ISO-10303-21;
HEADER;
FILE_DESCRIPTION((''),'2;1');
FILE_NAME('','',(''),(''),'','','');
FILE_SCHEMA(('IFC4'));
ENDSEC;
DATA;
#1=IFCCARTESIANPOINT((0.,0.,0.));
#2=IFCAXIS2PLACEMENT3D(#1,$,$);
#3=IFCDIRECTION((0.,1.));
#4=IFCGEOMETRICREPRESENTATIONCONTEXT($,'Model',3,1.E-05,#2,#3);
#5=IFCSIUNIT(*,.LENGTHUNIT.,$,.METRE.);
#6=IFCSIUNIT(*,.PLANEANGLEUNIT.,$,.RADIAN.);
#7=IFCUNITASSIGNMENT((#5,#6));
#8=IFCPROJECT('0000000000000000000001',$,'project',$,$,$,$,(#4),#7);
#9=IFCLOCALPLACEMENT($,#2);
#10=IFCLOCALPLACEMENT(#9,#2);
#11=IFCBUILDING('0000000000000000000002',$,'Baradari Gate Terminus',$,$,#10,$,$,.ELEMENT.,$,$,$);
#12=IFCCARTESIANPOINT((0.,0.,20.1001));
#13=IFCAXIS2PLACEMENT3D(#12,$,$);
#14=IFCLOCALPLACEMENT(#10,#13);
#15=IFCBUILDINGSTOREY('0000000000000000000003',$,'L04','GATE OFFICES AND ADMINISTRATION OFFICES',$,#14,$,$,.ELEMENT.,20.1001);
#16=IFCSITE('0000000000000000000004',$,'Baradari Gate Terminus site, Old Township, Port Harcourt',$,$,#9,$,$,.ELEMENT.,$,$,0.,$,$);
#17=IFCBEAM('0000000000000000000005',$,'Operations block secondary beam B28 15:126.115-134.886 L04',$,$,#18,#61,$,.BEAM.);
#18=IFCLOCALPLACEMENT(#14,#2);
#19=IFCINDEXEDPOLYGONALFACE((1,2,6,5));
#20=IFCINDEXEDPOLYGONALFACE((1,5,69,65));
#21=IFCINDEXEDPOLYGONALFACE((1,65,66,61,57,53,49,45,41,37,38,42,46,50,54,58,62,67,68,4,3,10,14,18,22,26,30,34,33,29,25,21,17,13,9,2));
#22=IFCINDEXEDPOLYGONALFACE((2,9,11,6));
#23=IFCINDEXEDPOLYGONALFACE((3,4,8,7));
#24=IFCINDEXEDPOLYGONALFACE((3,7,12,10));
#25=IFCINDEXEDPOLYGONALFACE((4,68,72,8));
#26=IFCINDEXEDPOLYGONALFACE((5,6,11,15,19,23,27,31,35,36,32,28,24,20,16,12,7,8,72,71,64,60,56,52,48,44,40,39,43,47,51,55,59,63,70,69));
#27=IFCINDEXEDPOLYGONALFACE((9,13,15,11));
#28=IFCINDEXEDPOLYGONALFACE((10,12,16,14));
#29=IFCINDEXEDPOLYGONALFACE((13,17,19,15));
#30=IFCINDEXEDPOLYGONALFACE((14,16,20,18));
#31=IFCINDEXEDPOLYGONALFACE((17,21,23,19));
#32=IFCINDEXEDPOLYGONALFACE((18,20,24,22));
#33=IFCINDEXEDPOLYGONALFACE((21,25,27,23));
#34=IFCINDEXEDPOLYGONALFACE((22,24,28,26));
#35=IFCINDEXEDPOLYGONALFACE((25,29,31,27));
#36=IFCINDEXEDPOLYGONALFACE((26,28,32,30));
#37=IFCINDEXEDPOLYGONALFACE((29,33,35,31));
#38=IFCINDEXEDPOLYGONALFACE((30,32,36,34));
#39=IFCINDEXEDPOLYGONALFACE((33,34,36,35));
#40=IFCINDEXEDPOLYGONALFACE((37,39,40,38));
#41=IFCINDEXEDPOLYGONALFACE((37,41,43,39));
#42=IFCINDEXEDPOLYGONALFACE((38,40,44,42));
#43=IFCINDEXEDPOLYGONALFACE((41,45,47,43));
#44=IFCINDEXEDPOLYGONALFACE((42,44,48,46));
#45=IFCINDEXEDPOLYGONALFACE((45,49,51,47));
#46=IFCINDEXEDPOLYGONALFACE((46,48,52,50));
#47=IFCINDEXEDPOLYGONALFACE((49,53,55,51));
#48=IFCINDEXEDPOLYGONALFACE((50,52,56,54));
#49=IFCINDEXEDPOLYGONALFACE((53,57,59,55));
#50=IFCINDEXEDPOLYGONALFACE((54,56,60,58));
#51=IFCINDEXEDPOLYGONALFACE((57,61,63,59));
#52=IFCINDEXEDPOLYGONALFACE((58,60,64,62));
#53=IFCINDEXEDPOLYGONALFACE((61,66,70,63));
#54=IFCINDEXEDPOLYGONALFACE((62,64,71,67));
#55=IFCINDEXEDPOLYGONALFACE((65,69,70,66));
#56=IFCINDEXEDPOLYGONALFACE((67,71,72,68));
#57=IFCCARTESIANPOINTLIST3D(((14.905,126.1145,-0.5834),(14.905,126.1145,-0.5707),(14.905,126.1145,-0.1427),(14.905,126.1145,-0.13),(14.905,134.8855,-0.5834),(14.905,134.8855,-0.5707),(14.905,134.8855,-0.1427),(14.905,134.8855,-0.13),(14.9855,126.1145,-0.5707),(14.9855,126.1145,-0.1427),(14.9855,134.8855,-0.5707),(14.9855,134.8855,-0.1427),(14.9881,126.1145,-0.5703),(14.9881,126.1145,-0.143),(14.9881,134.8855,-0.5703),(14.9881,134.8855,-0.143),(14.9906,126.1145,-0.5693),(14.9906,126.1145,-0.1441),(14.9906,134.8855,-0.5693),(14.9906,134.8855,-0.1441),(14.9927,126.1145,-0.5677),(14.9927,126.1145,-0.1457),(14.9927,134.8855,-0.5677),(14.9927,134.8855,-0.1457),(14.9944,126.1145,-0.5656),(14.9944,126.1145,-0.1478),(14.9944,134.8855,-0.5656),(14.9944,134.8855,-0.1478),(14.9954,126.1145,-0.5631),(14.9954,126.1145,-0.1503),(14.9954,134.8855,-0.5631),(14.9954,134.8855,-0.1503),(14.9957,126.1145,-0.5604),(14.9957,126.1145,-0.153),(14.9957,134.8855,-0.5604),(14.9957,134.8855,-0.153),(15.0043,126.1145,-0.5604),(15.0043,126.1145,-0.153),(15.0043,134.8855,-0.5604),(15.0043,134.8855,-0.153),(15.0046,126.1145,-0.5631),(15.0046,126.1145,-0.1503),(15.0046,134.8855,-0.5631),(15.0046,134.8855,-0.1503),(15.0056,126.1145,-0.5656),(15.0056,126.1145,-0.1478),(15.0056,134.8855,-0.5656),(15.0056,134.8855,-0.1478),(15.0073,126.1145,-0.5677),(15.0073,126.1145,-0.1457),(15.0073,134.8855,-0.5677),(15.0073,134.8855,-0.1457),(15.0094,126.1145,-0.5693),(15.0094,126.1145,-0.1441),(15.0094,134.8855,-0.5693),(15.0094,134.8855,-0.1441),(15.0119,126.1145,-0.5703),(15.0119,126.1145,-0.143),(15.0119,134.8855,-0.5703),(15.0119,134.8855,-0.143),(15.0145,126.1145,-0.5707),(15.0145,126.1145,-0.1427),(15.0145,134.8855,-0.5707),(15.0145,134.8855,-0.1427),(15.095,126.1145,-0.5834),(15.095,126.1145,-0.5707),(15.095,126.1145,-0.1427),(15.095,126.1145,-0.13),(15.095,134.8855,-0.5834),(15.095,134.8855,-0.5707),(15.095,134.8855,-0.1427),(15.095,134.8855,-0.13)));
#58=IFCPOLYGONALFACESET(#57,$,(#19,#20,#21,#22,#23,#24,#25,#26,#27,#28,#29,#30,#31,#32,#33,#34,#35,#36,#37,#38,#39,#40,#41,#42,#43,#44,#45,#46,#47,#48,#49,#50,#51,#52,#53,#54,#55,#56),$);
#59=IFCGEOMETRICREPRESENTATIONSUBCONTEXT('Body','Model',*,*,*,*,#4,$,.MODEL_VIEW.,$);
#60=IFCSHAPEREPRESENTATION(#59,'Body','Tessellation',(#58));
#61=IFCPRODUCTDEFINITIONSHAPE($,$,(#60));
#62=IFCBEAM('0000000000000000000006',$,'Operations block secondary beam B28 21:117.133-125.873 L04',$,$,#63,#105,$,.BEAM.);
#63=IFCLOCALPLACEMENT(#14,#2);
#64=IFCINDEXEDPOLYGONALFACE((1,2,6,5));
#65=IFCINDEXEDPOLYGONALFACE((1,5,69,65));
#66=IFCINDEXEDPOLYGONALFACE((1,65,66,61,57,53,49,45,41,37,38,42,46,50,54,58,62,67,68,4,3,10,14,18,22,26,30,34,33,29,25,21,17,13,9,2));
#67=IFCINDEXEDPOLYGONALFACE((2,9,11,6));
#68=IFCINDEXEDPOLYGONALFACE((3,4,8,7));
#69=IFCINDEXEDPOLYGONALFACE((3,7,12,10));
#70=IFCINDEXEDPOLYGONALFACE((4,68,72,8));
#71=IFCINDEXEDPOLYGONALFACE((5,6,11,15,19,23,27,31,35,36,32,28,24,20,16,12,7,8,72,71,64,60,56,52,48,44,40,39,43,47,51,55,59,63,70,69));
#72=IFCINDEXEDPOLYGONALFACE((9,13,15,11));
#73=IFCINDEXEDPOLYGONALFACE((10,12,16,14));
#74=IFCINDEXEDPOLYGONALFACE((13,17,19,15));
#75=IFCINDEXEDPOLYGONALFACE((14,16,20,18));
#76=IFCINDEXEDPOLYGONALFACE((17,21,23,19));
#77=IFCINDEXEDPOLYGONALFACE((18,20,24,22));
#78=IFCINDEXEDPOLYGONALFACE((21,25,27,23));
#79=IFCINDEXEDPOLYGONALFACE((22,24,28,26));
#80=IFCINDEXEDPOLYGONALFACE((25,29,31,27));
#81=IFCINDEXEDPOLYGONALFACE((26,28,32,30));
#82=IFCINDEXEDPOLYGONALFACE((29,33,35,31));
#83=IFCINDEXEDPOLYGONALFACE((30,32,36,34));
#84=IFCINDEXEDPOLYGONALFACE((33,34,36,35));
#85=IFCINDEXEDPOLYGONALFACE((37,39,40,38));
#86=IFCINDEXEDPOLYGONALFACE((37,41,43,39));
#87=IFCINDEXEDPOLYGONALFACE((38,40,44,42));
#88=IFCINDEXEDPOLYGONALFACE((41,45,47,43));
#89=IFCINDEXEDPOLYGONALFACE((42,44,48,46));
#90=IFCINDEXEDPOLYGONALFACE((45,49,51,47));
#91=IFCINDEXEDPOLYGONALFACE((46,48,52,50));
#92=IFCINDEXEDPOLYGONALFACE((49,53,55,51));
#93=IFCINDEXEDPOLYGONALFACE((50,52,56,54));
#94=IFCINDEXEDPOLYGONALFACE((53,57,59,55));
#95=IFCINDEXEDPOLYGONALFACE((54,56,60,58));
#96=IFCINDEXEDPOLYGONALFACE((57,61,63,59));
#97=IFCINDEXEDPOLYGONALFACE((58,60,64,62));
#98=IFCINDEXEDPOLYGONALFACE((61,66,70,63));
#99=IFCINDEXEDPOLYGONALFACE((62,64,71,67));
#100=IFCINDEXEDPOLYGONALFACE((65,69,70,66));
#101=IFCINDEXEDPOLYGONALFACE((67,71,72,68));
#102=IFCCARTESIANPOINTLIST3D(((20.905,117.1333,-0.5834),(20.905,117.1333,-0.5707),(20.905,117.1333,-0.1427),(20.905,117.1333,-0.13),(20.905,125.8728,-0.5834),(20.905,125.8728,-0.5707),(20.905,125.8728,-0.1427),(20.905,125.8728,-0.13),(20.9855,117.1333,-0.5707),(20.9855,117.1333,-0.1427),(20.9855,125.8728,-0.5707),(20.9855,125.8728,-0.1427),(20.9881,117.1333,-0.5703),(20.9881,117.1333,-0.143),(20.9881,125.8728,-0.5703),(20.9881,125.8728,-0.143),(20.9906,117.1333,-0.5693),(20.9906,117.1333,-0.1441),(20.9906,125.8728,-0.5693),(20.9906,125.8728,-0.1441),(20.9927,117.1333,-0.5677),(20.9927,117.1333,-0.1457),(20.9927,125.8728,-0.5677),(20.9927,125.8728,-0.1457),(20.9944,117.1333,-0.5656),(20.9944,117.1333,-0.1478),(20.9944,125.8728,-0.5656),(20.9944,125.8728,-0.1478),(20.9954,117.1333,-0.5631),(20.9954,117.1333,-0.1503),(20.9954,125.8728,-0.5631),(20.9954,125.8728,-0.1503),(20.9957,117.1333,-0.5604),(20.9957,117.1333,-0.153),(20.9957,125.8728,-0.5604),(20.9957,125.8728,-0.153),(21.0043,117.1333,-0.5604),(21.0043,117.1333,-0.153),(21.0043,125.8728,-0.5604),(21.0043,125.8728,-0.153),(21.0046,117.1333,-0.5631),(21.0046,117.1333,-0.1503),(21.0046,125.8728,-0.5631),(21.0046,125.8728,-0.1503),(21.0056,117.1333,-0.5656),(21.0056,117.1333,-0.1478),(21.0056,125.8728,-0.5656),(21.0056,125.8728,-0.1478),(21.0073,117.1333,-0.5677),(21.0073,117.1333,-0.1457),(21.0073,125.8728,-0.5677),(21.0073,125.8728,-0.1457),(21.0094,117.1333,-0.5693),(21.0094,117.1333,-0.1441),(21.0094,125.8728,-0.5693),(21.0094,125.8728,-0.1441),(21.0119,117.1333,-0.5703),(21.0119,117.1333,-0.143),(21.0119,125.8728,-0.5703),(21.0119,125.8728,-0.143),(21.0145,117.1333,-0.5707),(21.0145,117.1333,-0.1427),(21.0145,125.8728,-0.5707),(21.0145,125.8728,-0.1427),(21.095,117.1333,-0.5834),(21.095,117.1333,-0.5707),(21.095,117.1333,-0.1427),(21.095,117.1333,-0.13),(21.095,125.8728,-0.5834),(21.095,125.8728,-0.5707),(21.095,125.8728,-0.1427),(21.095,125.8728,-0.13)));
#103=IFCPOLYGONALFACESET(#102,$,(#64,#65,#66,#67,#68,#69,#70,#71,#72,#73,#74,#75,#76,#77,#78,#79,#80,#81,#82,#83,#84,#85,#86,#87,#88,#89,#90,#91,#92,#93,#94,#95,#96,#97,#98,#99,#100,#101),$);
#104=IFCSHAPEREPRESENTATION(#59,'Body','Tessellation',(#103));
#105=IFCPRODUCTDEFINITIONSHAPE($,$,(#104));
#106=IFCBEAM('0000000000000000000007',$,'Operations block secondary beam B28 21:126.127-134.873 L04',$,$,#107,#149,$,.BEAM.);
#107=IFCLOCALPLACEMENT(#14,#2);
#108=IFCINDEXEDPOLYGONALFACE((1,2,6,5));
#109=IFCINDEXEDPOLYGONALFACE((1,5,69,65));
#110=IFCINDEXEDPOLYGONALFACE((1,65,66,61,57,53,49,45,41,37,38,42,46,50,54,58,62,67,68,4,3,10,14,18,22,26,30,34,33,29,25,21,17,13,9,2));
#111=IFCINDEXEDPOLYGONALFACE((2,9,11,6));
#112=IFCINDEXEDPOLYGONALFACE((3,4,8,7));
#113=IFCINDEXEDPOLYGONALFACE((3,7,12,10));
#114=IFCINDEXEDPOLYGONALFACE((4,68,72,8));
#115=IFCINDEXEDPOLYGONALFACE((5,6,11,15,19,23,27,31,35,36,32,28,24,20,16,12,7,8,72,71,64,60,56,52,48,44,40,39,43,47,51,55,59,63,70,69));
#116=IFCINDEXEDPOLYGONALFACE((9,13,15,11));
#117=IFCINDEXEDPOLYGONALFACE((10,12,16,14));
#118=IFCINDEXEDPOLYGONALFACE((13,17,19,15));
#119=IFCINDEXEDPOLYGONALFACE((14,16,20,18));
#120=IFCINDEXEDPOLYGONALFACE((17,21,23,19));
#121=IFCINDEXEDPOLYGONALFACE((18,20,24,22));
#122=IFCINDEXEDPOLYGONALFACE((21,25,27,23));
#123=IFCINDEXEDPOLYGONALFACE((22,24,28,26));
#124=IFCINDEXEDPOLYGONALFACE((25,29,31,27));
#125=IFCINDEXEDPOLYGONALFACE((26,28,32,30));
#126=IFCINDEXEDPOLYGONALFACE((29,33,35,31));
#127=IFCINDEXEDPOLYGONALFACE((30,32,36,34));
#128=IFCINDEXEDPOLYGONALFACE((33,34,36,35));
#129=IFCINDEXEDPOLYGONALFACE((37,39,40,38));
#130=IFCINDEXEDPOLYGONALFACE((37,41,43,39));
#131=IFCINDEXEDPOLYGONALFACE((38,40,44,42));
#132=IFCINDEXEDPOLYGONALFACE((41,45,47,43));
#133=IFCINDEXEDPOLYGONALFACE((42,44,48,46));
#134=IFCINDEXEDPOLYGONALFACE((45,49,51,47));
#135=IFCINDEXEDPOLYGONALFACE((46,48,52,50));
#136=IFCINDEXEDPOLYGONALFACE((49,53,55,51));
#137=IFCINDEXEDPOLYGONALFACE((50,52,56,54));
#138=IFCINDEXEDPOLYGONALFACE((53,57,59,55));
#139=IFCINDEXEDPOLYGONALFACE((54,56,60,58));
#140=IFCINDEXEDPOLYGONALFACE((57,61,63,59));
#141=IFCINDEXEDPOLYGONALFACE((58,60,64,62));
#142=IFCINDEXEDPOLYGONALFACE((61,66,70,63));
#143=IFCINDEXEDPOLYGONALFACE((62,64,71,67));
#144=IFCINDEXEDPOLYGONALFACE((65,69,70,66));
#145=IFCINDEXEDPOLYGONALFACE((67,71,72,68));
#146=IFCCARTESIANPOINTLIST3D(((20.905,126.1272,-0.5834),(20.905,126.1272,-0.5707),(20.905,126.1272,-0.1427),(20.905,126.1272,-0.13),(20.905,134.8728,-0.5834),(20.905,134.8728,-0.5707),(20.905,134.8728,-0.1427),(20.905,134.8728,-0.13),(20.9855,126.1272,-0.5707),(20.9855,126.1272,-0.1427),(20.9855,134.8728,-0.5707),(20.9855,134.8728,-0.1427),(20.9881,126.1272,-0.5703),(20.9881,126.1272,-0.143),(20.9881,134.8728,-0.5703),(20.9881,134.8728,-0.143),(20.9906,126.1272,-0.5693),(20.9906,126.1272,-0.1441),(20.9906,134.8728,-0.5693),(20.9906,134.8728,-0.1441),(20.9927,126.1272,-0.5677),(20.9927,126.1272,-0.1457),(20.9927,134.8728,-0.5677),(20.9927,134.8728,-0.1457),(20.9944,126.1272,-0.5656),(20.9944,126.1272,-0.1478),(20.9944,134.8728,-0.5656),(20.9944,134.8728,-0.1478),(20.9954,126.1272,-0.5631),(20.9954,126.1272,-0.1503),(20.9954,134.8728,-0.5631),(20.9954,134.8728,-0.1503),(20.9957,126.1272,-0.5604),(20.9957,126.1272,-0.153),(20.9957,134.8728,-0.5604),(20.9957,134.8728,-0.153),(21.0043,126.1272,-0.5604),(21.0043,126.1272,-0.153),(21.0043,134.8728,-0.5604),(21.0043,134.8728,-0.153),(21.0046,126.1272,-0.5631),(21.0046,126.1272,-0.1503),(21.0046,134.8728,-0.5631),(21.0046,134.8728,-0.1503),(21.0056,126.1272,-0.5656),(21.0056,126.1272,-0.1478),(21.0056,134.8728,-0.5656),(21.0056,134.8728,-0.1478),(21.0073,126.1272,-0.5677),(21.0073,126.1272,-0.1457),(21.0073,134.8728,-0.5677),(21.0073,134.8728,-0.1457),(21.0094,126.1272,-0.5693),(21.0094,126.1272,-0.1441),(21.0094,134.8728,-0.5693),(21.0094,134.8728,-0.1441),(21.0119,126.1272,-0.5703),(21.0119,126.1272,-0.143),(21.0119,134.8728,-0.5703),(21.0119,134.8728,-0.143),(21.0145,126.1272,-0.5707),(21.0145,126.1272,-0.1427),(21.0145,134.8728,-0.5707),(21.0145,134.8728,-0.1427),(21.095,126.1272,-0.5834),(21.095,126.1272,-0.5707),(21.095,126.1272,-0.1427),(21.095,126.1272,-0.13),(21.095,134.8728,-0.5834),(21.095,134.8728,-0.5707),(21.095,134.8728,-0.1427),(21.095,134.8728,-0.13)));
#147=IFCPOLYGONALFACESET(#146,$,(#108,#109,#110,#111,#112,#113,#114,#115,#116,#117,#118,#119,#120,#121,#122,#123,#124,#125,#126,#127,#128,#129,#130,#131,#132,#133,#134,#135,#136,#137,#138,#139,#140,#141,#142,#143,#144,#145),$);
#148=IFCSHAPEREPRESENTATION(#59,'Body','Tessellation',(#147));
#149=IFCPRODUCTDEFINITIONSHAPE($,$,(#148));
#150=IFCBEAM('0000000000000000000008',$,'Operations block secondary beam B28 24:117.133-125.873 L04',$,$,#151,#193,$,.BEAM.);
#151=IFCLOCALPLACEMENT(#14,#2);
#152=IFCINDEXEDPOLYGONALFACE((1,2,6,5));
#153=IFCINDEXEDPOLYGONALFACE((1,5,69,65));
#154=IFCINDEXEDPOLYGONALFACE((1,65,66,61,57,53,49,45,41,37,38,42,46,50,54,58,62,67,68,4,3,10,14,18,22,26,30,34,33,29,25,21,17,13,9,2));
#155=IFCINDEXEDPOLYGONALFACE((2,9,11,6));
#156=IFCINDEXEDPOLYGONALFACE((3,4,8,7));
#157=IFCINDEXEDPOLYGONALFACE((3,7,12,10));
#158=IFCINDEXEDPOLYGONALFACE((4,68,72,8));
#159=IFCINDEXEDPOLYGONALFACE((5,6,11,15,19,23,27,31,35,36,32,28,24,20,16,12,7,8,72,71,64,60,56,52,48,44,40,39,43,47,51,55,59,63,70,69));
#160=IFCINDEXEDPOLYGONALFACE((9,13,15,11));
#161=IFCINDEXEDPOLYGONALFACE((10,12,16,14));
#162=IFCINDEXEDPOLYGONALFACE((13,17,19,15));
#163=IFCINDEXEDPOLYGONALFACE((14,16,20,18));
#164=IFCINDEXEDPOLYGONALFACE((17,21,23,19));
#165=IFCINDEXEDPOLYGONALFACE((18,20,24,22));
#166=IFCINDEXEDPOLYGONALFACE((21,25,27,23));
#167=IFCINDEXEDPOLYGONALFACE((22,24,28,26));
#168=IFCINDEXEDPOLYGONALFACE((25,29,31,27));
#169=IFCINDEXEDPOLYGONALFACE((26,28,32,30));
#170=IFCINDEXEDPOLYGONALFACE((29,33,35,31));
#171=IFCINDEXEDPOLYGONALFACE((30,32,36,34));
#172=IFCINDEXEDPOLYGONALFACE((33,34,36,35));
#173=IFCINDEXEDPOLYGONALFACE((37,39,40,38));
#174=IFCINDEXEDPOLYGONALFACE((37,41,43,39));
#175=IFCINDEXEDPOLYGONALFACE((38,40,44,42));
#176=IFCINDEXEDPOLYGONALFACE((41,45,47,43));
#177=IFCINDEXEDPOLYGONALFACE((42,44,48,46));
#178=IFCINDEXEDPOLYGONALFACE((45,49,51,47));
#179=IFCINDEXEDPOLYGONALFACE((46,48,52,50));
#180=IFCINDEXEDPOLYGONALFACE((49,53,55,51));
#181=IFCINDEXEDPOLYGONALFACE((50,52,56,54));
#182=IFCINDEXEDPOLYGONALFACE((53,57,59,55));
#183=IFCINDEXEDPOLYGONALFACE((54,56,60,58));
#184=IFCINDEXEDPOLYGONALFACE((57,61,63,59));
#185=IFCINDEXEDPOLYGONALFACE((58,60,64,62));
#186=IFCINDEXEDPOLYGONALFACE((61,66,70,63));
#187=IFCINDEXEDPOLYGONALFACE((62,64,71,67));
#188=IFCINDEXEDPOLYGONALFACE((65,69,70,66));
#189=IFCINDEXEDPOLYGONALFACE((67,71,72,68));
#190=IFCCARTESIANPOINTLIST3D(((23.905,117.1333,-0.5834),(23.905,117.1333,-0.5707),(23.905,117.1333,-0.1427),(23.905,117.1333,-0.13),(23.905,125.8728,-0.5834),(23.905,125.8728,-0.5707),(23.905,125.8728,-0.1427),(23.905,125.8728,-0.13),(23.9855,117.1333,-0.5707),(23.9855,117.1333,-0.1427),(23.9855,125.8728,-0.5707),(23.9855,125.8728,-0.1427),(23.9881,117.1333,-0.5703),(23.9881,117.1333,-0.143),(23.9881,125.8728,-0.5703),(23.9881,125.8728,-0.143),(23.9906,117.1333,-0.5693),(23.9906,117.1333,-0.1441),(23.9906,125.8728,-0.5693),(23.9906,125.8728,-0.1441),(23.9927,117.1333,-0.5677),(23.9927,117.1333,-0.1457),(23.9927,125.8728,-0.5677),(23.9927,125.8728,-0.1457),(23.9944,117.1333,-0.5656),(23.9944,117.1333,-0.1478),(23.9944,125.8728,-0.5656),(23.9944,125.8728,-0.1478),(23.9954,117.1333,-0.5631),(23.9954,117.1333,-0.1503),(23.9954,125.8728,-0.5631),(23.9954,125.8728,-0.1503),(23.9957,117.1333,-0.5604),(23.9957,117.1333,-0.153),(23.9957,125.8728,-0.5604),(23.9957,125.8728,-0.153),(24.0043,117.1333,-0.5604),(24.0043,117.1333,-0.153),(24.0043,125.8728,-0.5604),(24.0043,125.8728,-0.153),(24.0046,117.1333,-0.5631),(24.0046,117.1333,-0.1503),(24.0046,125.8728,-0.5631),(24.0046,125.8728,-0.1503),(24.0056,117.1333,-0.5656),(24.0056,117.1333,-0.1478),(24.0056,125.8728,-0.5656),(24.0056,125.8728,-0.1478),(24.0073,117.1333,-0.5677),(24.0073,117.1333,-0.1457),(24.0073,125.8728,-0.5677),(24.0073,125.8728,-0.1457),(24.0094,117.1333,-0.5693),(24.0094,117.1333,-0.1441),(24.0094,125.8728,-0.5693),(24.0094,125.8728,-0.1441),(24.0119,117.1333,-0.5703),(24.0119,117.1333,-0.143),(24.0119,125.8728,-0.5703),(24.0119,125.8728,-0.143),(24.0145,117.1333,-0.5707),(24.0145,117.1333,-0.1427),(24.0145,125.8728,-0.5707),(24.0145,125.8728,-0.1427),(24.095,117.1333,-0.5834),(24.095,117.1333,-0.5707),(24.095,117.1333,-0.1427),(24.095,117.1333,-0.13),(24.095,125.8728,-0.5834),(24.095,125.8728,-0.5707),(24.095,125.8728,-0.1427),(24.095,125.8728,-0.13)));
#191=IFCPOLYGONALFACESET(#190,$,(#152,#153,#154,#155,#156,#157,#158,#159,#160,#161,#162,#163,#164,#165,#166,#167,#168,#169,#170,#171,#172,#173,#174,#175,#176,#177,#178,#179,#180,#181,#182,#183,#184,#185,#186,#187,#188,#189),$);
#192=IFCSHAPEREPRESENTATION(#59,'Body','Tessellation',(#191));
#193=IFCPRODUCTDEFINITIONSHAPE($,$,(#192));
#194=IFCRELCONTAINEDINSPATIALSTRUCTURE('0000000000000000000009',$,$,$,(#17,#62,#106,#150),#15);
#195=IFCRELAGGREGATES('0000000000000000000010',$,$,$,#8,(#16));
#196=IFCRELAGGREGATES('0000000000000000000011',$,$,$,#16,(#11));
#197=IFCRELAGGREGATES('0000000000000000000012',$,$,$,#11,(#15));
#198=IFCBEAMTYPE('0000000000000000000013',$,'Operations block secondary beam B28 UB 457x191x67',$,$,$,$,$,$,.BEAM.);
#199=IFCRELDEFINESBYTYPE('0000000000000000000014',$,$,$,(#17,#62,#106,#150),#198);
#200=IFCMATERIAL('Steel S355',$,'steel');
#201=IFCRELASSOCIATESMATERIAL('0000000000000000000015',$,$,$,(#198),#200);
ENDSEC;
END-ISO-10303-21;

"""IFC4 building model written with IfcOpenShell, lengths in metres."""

from ifc_helpers import new_model, si_unit, direction, frame, origin, origin_2d, place, context, subcontext, project, spatial, i_section, extrude, material, material_profile, profile_set, type_object, element, save


model = new_model("IFC4")

# Units and contexts
model_context = context("Model", 3, precision=1e-05, world=origin(), true_north=direction((0.0, 1.0)))
body_context = subcontext(model_context, "Body", "Model", "MODEL_VIEW")
ifc_project = project(units=[si_unit("LENGTHUNIT", "METRE"), si_unit("PLANEANGLEUNIT", "RADIAN")], contexts=[model_context])

# Site, building, storey
site_placement = place(None, origin())
site = spatial("IfcSite", under=ifc_project, at=site_placement, Name="Baradari Gate Terminus site, Old Township, Port Harcourt", CompositionType="ELEMENT", RefElevation=0.0)
building_placement = place(site_placement, origin())
building = spatial("IfcBuilding", under=site, at=building_placement, Name="Baradari Gate Terminus", CompositionType="ELEMENT")
storey_placement = place(building_placement, frame((0.0, 0.0, 20.1001)))
storey = spatial("IfcBuildingStorey", under=building, at=storey_placement, Name="L04", Description="GATE OFFICES AND ADMINISTRATION OFFICES", CompositionType="ELEMENT", Elevation=20.1001)

# Beams
ifc_material_1 = material(Name="Steel S355", Category="steel")
ifc_material_profile_1 = material_profile(ifc_material_1, i_section(OverallWidth=0.1899, OverallDepth=0.4534, WebThickness=0.0085, FlangeThickness=0.0127, FilletRadius=0.0103, at=origin_2d()), Name="UB 457x191x67")
ifc_profile_set_1 = profile_set([ifc_material_profile_1], Name="Steel S355")
beam_type_1 = type_object("IfcBeamType", Name="Operations block secondary beam B28 UB 457x191x67", PredefinedType="BEAM", material=ifc_profile_set_1)
beam_1_placement = place(storey_placement, frame((15.0, 126.1145, -0.3567), z_axis=(0.0, 1.0, 0.0), x_axis=(-1.0, 0.0, 0.0)))
element("IfcBeam", 1, at=beam_1_placement, inside=storey, type_object=beam_type_1, Name="Operations block secondary beam B28 15:126.115-134.886 L04", PredefinedType="BEAM", context=body_context, shape_type="SweptSolid", body=[
    extrude(i_section(OverallWidth=0.1899, OverallDepth=0.4534, WebThickness=0.0085, FlangeThickness=0.0127, FilletRadius=0.0103, at=origin_2d()), origin(), (0.0, 0.0, 1.0), 8.771),
])
beam_2_placement = place(storey_placement, frame((21.0, 117.1333, -0.3567), z_axis=(0.0, 1.0, 0.0), x_axis=(-1.0, 0.0, 0.0)))
element("IfcBeam", 2, at=beam_2_placement, inside=storey, type_object=beam_type_1, Name="Operations block secondary beam B28 21:117.133-125.873 L04", PredefinedType="BEAM", context=body_context, shape_type="SweptSolid", body=[
    extrude(i_section(OverallWidth=0.1899, OverallDepth=0.4534, WebThickness=0.0085, FlangeThickness=0.0127, FilletRadius=0.0103, at=origin_2d()), origin(), (0.0, 0.0, 1.0), 8.7395),
])
beam_3_placement = place(storey_placement, frame((21.0, 126.1272, -0.3567), z_axis=(0.0, 1.0, 0.0), x_axis=(-1.0, 0.0, 0.0)))
element("IfcBeam", 3, at=beam_3_placement, inside=storey, type_object=beam_type_1, Name="Operations block secondary beam B28 21:126.127-134.873 L04", PredefinedType="BEAM", context=body_context, shape_type="SweptSolid", body=[
    extrude(i_section(OverallWidth=0.1899, OverallDepth=0.4534, WebThickness=0.0085, FlangeThickness=0.0127, FilletRadius=0.0103, at=origin_2d()), origin(), (0.0, 0.0, 1.0), 8.7456),
])
beam_4_placement = place(storey_placement, frame((24.0, 117.1333, -0.3567), z_axis=(0.0, 1.0, 0.0), x_axis=(-1.0, 0.0, 0.0)))
element("IfcBeam", 4, at=beam_4_placement, inside=storey, type_object=beam_type_1, Name="Operations block secondary beam B28 24:117.133-125.873 L04", PredefinedType="BEAM", context=body_context, shape_type="SweptSolid", body=[
    extrude(i_section(OverallWidth=0.1899, OverallDepth=0.4534, WebThickness=0.0085, FlangeThickness=0.0127, FilletRadius=0.0103, at=origin_2d()), origin(), (0.0, 0.0, 1.0), 8.7395),
])

save(model, "model.ifc")
